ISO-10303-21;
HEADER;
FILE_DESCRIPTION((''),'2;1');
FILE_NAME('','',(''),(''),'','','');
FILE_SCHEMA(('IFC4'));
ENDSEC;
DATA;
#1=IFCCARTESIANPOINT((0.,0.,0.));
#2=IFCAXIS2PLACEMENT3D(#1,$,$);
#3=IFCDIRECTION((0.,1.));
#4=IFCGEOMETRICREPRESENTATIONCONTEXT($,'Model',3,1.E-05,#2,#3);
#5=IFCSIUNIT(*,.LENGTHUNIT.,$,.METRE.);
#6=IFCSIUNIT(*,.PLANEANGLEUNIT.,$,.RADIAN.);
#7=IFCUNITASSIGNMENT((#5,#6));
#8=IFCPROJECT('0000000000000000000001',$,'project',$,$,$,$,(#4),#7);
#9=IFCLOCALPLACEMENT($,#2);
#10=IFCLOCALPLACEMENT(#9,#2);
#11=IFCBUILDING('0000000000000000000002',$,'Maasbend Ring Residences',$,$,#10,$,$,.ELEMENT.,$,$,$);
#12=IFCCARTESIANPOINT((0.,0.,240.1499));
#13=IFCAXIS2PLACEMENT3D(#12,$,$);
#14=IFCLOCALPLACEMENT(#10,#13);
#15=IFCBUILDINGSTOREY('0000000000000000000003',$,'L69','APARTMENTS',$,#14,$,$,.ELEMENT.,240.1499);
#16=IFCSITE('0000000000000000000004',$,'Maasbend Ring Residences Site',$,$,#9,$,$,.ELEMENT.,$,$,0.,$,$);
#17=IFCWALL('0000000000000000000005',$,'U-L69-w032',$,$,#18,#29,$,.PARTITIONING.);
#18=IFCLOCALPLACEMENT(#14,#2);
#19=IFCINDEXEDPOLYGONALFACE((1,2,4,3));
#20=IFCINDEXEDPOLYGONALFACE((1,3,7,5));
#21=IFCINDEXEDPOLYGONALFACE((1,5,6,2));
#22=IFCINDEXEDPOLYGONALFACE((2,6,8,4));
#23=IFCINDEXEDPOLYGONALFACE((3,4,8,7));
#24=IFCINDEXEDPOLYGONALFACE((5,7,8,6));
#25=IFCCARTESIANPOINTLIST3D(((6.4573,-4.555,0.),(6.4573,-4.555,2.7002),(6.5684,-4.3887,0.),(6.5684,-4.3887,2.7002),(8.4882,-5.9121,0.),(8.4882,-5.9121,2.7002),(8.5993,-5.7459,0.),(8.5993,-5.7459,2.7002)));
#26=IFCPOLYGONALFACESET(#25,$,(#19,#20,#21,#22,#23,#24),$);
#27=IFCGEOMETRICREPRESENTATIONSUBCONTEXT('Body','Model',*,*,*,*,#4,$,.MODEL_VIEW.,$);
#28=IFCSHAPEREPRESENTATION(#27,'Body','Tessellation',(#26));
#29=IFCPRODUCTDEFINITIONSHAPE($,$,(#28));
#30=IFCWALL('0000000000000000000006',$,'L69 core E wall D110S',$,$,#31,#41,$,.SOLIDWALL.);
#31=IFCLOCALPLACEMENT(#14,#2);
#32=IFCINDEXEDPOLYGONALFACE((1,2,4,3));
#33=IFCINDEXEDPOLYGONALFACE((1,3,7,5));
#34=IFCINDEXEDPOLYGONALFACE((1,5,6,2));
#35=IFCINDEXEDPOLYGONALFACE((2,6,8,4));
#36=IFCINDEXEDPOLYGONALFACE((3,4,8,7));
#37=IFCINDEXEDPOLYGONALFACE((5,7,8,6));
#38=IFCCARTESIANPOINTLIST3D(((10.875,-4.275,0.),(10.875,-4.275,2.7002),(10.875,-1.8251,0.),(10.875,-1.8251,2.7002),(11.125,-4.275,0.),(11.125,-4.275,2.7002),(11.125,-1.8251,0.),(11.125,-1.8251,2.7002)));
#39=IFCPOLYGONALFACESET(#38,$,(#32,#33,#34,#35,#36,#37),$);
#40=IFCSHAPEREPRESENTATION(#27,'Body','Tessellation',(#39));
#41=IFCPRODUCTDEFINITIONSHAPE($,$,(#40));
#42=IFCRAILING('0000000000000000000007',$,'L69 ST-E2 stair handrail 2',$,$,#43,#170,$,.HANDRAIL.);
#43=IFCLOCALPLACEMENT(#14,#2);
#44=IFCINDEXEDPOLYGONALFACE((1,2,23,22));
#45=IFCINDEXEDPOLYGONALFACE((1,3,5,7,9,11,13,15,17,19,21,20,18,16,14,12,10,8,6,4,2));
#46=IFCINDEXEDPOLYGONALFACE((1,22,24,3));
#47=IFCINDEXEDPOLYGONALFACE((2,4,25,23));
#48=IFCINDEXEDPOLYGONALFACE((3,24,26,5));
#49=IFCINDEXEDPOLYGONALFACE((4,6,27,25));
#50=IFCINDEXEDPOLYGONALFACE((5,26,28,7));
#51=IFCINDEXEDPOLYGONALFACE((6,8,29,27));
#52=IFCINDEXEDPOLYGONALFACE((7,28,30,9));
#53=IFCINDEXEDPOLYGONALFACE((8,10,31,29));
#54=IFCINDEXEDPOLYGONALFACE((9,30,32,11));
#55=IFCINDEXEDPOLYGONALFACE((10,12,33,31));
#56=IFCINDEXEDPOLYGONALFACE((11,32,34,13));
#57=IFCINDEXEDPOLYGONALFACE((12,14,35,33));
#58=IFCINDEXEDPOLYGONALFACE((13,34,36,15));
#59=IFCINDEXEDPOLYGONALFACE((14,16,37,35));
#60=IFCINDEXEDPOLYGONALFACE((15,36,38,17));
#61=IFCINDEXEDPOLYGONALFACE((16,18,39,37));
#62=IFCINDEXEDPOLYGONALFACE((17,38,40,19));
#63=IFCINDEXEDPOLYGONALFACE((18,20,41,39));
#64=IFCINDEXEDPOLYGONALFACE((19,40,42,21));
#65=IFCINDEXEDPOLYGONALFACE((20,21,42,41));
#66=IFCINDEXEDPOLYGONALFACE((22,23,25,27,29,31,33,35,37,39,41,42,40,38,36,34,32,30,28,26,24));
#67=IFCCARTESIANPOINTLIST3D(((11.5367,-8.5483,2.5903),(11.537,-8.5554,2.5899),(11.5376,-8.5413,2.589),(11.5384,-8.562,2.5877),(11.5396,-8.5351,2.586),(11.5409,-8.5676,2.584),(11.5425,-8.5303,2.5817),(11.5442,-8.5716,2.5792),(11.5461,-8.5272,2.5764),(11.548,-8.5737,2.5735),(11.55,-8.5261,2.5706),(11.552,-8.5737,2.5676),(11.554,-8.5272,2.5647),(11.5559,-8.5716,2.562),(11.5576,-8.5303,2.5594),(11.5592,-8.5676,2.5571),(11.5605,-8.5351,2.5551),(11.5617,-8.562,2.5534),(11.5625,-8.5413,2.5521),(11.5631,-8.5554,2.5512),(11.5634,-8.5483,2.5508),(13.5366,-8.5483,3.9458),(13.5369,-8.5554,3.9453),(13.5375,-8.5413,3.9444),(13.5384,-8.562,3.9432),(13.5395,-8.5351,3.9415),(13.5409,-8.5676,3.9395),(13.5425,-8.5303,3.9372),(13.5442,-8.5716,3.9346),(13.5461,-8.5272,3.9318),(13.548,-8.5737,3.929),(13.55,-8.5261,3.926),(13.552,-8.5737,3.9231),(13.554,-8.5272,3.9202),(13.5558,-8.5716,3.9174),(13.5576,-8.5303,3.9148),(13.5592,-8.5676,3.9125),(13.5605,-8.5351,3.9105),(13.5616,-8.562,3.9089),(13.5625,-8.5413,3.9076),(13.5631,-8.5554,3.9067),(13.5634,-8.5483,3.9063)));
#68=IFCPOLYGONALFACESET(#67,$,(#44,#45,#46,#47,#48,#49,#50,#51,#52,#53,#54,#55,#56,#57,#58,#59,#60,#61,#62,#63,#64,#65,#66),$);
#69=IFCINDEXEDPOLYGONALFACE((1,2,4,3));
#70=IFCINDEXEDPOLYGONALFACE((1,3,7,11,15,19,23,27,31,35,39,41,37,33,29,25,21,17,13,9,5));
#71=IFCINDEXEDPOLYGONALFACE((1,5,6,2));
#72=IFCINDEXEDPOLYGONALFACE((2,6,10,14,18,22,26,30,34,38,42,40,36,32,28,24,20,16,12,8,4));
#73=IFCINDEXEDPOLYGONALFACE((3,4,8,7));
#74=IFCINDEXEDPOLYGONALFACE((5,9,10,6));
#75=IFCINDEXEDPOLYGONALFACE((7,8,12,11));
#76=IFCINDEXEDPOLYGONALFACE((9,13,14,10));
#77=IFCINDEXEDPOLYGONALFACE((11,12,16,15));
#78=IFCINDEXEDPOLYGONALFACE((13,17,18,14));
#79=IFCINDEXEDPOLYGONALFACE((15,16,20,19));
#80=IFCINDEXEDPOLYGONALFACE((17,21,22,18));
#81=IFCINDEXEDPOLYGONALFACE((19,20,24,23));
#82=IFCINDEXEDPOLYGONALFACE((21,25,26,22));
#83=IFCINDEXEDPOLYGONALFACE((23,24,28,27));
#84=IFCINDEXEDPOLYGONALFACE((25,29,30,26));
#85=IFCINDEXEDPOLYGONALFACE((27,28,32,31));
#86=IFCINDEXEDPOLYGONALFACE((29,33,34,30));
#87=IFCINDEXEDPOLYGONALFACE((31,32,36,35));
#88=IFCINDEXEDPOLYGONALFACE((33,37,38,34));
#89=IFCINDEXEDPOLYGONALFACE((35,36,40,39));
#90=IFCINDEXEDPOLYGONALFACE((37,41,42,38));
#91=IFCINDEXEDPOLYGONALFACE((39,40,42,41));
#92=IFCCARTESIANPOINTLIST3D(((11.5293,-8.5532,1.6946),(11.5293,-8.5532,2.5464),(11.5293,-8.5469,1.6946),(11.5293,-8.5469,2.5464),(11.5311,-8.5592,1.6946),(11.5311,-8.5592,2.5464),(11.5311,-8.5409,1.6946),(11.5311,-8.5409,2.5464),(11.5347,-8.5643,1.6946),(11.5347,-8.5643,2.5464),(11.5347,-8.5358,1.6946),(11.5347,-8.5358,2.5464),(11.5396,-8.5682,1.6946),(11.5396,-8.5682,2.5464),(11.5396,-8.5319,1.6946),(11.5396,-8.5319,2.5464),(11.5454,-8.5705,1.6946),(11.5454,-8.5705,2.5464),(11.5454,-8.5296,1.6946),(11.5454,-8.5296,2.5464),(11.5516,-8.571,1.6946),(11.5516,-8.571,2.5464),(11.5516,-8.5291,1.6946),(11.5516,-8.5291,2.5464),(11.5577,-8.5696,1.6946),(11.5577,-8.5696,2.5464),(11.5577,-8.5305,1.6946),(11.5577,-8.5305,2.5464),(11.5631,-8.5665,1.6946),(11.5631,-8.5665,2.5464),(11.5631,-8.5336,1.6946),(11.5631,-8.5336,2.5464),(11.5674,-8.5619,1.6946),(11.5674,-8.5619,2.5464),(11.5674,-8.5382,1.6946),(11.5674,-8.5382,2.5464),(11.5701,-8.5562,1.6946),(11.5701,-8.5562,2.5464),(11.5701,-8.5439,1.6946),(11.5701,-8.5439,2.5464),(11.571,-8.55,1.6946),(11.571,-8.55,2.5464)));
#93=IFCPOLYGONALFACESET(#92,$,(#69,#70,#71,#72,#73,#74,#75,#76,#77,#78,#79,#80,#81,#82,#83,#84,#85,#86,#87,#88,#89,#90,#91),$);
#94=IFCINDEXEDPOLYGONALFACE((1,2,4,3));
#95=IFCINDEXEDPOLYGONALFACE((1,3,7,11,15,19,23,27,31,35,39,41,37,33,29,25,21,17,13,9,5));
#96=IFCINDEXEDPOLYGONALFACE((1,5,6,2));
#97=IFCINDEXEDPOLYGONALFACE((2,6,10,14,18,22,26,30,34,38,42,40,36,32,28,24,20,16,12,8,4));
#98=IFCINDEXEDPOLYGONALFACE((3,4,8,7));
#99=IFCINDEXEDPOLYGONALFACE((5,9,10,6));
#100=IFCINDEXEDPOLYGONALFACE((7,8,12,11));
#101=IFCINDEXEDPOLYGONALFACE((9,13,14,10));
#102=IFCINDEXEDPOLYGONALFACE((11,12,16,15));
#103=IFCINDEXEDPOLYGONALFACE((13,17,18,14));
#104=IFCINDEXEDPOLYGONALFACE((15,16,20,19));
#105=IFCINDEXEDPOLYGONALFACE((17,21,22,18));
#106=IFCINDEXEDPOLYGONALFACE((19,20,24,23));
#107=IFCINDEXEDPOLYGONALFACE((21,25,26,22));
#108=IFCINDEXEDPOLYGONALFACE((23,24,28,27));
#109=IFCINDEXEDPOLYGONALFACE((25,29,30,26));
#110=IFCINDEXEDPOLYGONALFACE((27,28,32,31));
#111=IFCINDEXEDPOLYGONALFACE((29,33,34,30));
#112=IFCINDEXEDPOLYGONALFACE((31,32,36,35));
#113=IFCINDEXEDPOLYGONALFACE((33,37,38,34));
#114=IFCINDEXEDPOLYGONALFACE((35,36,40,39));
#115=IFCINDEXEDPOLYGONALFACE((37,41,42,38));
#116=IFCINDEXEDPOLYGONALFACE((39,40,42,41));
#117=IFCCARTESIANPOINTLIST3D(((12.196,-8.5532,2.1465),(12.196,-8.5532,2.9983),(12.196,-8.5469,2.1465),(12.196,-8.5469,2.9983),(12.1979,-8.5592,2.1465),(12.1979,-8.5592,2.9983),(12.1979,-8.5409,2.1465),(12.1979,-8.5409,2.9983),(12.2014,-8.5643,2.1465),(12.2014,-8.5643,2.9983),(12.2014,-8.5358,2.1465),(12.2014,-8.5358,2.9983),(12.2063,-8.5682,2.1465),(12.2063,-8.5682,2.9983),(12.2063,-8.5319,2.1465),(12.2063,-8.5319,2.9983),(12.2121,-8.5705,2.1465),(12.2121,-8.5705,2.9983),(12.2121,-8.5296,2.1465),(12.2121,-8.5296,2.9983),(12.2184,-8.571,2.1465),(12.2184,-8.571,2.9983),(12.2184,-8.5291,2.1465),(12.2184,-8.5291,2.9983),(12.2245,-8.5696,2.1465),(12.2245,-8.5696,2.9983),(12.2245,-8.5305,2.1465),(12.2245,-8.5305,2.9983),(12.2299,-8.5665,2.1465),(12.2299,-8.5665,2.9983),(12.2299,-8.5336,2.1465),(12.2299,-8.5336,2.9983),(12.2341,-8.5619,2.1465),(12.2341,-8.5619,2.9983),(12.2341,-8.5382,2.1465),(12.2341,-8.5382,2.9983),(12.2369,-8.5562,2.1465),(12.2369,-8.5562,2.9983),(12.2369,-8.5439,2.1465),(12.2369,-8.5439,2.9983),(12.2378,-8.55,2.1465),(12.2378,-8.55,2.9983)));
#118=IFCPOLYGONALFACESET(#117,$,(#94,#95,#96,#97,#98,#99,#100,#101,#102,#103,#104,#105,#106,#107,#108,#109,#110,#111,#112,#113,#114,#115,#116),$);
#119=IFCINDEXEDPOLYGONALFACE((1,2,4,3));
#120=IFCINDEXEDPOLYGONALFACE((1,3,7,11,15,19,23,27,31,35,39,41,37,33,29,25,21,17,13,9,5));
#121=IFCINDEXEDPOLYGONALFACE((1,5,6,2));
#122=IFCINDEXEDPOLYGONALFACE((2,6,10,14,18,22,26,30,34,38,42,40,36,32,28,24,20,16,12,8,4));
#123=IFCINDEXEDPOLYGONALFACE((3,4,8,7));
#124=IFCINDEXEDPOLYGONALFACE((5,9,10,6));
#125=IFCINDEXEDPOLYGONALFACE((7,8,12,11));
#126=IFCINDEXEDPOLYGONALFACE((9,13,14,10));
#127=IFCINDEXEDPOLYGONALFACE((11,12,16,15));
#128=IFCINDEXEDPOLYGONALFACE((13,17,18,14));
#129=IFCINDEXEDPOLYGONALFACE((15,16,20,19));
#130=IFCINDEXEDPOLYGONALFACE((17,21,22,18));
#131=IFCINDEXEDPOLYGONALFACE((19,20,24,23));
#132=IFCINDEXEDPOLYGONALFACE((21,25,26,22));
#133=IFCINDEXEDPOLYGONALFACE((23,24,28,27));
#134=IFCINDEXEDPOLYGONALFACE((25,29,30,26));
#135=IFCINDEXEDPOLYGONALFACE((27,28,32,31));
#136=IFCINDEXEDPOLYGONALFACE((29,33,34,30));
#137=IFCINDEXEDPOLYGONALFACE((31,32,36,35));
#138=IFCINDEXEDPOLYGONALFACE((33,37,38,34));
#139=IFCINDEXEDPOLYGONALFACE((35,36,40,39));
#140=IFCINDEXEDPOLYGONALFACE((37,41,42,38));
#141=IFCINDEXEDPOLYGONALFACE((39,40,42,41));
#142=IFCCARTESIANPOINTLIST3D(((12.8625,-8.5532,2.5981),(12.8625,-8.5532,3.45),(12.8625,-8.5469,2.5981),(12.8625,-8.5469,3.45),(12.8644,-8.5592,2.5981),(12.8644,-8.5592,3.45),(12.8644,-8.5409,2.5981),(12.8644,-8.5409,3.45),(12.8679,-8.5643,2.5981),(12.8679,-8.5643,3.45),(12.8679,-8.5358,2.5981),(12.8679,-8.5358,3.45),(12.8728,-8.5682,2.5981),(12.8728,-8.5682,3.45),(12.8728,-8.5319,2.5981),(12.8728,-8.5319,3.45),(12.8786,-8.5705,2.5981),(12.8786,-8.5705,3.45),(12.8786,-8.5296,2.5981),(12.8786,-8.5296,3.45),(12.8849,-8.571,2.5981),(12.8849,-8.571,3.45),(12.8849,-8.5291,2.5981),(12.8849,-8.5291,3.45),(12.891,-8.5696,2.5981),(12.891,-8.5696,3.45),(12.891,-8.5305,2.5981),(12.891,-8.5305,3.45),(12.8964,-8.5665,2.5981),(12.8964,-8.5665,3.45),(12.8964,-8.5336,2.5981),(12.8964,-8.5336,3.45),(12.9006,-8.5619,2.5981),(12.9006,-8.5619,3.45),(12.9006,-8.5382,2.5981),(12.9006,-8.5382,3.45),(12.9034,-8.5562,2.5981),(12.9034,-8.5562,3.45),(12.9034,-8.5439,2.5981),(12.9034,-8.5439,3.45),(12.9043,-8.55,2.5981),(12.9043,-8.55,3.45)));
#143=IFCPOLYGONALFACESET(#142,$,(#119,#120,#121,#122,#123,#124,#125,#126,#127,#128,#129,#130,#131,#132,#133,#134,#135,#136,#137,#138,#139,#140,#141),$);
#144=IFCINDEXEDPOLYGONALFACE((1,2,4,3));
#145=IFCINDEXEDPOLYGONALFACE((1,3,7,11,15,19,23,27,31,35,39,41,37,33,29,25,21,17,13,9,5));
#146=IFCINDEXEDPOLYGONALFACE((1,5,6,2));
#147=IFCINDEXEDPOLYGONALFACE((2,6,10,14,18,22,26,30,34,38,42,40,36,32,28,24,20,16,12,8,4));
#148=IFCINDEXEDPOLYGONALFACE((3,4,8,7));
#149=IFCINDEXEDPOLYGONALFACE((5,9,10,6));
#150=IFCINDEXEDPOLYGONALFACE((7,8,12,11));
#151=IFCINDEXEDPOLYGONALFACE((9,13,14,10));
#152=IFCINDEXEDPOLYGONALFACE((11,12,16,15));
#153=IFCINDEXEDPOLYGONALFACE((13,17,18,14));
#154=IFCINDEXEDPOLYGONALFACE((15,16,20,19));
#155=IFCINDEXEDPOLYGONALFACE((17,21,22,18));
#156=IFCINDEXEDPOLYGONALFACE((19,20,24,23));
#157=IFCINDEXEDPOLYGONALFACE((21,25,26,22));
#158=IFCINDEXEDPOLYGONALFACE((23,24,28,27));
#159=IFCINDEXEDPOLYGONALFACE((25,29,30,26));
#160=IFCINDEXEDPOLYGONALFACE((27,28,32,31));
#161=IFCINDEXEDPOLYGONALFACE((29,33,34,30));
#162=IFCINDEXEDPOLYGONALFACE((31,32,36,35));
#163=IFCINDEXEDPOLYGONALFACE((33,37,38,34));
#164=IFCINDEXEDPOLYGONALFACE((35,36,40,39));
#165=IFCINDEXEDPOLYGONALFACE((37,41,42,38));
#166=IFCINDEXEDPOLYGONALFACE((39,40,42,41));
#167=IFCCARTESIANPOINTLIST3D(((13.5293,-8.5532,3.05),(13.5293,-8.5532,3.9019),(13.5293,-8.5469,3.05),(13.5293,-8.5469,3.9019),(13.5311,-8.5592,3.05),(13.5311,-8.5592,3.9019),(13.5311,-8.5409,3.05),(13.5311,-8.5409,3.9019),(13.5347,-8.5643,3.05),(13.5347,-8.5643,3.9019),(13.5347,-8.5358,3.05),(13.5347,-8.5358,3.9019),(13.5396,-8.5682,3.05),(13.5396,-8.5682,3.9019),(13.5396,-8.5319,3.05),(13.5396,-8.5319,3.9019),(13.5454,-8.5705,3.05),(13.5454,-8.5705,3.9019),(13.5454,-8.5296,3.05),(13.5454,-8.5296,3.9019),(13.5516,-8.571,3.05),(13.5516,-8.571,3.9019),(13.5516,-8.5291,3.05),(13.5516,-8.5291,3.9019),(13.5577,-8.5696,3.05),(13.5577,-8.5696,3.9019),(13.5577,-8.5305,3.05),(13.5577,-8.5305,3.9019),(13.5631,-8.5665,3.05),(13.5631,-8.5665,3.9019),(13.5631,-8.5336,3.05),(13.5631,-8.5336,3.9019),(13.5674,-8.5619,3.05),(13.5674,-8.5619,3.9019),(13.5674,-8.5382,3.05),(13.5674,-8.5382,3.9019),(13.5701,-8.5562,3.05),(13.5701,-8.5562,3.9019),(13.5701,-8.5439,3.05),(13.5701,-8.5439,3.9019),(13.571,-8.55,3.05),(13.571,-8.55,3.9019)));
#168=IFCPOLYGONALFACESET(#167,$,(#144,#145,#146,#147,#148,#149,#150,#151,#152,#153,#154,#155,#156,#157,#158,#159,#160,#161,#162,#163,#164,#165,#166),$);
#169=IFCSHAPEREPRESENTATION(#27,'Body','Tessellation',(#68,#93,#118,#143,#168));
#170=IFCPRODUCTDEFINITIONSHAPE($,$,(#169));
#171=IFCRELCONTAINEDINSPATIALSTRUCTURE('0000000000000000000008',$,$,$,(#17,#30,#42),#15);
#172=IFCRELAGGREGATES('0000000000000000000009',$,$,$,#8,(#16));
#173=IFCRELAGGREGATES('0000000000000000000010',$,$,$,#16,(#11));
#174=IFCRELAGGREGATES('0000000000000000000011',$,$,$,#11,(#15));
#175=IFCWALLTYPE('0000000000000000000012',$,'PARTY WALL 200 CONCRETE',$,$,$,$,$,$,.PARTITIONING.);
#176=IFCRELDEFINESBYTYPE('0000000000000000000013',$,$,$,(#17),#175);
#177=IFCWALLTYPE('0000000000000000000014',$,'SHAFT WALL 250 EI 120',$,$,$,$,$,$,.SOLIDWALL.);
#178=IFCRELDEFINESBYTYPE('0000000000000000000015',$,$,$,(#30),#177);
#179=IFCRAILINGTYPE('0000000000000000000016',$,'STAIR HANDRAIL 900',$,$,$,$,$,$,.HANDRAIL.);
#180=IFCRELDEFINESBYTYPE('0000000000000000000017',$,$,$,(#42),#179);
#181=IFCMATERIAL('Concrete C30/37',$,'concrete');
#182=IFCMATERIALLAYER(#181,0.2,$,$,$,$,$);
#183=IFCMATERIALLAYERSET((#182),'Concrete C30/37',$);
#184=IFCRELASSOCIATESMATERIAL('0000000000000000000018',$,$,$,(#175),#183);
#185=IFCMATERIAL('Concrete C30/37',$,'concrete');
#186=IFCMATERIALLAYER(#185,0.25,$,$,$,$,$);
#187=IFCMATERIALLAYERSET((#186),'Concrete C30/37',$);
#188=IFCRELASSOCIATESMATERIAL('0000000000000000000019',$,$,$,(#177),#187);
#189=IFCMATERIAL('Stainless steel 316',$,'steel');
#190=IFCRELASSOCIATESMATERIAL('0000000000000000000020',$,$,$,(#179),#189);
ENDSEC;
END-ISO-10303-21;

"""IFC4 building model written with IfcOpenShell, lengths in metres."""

from ifc_helpers import new_model, si_unit, direction, frame, frame_2d, origin, origin_2d, place, context, subcontext, project, spatial, rectangle, circle, extrude, material, layer, layer_set, type_object, element, save


model = new_model("IFC4")

# Units and contexts
model_context = context("Model", 3, precision=1e-05, world=origin(), true_north=direction((0.0, 1.0)))
body_context = subcontext(model_context, "Body", "Model", "MODEL_VIEW")
ifc_project = project(units=[si_unit("LENGTHUNIT", "METRE"), si_unit("PLANEANGLEUNIT", "RADIAN")], contexts=[model_context])

# Site, building, storey
site_placement = place(None, origin())
site = spatial("IfcSite", under=ifc_project, at=site_placement, Name="Maasbend Ring Residences Site", CompositionType="ELEMENT", RefElevation=0.0)
building_placement = place(site_placement, origin())
building = spatial("IfcBuilding", under=site, at=building_placement, Name="Maasbend Ring Residences", CompositionType="ELEMENT")
storey_placement = place(building_placement, frame((0.0, 0.0, 240.1499)))
storey = spatial("IfcBuildingStorey", under=building, at=storey_placement, Name="L69", Description="APARTMENTS", CompositionType="ELEMENT", Elevation=240.1499)

# Walls
ifc_material_1 = material(Name="Concrete C30/37", Category="concrete")
ifc_layer_1 = layer(ifc_material_1, 0.2)
ifc_layer_set_1 = layer_set([ifc_layer_1], Name="Concrete C30/37")
wall_type_1 = type_object("IfcWallType", Name="PARTY WALL 200 CONCRETE", PredefinedType="PARTITIONING", material=ifc_layer_set_1)
wall_1_placement = place(storey_placement, frame((6.5129, -4.4719, 0.0), z_axis=(0.0, 0.0, 1.0), x_axis=(0.83145, -0.555599, 0.0)))
element("IfcWall", 1, at=wall_1_placement, inside=storey, type_object=wall_type_1, Name="U-L69-w032", PredefinedType="PARTITIONING", context=body_context, shape_type="SweptSolid", body=[
    extrude(rectangle(XDim=2.4426, YDim=0.2, at=frame_2d((1.2212, 0.0))), origin(), (0.0, 0.0, 1.0), 2.7002),
])
ifc_material_2 = material(Name="Concrete C30/37", Category="concrete")
ifc_layer_2 = layer(ifc_material_2, 0.25)
ifc_layer_set_2 = layer_set([ifc_layer_2], Name="Concrete C30/37")
wall_type_2 = type_object("IfcWallType", Name="SHAFT WALL 250 EI 120", PredefinedType="SOLIDWALL", material=ifc_layer_set_2)
wall_2_placement = place(storey_placement, frame((11.0, -1.825, 0.0), z_axis=(0.0, 0.0, 1.0), x_axis=(0.0, -1.0, 0.0)))
element("IfcWall", 2, at=wall_2_placement, inside=storey, type_object=wall_type_2, Name="L69 core E wall D110S", PredefinedType="SOLIDWALL", context=body_context, shape_type="SweptSolid", body=[
    extrude(rectangle(XDim=2.45, YDim=0.25, at=frame_2d((1.2251, 0.0))), origin(), (0.0, 0.0, 1.0), 2.7002),
])

# Railing
ifc_material_3 = material(Name="Stainless steel 316", Category="steel")
railing_type = type_object("IfcRailingType", Name="STAIR HANDRAIL 900", PredefinedType="HANDRAIL", material=ifc_material_3)
railing_placement = place(storey_placement, frame((11.55, -8.55, 1.6946)))
element("IfcRailing", 3, at=railing_placement, inside=storey, type_object=railing_type, Name="L69 ST-E2 stair handrail 2", PredefinedType="HANDRAIL", context=body_context, shape_type="SweptSolid", body=[
    extrude(circle(Radius=0.0239, at=origin_2d()), frame((0.0, 0.0, 0.876), z_axis=(0.827798, 0.0, 0.561027), x_axis=(0.0, 1.0, 0.0)), (0.0, 0.0, 1.0), 2.416),
    extrude(circle(Radius=0.021, at=origin_2d()), origin(), (0.0, 0.0, 1.0), 0.8518),
    extrude(circle(Radius=0.021, at=origin_2d()), frame((0.6667, 0.0, 0.4519)), (0.0, 0.0, 1.0), 0.8518),
    extrude(circle(Radius=0.021, at=origin_2d()), frame((1.3333, 0.0, 0.9036)), (0.0, 0.0, 1.0), 0.8518),
    extrude(circle(Radius=0.021, at=origin_2d()), frame((2.0, 0.0, 1.3555)), (0.0, 0.0, 1.0), 0.8518),
])

save(model, "model.ifc")
